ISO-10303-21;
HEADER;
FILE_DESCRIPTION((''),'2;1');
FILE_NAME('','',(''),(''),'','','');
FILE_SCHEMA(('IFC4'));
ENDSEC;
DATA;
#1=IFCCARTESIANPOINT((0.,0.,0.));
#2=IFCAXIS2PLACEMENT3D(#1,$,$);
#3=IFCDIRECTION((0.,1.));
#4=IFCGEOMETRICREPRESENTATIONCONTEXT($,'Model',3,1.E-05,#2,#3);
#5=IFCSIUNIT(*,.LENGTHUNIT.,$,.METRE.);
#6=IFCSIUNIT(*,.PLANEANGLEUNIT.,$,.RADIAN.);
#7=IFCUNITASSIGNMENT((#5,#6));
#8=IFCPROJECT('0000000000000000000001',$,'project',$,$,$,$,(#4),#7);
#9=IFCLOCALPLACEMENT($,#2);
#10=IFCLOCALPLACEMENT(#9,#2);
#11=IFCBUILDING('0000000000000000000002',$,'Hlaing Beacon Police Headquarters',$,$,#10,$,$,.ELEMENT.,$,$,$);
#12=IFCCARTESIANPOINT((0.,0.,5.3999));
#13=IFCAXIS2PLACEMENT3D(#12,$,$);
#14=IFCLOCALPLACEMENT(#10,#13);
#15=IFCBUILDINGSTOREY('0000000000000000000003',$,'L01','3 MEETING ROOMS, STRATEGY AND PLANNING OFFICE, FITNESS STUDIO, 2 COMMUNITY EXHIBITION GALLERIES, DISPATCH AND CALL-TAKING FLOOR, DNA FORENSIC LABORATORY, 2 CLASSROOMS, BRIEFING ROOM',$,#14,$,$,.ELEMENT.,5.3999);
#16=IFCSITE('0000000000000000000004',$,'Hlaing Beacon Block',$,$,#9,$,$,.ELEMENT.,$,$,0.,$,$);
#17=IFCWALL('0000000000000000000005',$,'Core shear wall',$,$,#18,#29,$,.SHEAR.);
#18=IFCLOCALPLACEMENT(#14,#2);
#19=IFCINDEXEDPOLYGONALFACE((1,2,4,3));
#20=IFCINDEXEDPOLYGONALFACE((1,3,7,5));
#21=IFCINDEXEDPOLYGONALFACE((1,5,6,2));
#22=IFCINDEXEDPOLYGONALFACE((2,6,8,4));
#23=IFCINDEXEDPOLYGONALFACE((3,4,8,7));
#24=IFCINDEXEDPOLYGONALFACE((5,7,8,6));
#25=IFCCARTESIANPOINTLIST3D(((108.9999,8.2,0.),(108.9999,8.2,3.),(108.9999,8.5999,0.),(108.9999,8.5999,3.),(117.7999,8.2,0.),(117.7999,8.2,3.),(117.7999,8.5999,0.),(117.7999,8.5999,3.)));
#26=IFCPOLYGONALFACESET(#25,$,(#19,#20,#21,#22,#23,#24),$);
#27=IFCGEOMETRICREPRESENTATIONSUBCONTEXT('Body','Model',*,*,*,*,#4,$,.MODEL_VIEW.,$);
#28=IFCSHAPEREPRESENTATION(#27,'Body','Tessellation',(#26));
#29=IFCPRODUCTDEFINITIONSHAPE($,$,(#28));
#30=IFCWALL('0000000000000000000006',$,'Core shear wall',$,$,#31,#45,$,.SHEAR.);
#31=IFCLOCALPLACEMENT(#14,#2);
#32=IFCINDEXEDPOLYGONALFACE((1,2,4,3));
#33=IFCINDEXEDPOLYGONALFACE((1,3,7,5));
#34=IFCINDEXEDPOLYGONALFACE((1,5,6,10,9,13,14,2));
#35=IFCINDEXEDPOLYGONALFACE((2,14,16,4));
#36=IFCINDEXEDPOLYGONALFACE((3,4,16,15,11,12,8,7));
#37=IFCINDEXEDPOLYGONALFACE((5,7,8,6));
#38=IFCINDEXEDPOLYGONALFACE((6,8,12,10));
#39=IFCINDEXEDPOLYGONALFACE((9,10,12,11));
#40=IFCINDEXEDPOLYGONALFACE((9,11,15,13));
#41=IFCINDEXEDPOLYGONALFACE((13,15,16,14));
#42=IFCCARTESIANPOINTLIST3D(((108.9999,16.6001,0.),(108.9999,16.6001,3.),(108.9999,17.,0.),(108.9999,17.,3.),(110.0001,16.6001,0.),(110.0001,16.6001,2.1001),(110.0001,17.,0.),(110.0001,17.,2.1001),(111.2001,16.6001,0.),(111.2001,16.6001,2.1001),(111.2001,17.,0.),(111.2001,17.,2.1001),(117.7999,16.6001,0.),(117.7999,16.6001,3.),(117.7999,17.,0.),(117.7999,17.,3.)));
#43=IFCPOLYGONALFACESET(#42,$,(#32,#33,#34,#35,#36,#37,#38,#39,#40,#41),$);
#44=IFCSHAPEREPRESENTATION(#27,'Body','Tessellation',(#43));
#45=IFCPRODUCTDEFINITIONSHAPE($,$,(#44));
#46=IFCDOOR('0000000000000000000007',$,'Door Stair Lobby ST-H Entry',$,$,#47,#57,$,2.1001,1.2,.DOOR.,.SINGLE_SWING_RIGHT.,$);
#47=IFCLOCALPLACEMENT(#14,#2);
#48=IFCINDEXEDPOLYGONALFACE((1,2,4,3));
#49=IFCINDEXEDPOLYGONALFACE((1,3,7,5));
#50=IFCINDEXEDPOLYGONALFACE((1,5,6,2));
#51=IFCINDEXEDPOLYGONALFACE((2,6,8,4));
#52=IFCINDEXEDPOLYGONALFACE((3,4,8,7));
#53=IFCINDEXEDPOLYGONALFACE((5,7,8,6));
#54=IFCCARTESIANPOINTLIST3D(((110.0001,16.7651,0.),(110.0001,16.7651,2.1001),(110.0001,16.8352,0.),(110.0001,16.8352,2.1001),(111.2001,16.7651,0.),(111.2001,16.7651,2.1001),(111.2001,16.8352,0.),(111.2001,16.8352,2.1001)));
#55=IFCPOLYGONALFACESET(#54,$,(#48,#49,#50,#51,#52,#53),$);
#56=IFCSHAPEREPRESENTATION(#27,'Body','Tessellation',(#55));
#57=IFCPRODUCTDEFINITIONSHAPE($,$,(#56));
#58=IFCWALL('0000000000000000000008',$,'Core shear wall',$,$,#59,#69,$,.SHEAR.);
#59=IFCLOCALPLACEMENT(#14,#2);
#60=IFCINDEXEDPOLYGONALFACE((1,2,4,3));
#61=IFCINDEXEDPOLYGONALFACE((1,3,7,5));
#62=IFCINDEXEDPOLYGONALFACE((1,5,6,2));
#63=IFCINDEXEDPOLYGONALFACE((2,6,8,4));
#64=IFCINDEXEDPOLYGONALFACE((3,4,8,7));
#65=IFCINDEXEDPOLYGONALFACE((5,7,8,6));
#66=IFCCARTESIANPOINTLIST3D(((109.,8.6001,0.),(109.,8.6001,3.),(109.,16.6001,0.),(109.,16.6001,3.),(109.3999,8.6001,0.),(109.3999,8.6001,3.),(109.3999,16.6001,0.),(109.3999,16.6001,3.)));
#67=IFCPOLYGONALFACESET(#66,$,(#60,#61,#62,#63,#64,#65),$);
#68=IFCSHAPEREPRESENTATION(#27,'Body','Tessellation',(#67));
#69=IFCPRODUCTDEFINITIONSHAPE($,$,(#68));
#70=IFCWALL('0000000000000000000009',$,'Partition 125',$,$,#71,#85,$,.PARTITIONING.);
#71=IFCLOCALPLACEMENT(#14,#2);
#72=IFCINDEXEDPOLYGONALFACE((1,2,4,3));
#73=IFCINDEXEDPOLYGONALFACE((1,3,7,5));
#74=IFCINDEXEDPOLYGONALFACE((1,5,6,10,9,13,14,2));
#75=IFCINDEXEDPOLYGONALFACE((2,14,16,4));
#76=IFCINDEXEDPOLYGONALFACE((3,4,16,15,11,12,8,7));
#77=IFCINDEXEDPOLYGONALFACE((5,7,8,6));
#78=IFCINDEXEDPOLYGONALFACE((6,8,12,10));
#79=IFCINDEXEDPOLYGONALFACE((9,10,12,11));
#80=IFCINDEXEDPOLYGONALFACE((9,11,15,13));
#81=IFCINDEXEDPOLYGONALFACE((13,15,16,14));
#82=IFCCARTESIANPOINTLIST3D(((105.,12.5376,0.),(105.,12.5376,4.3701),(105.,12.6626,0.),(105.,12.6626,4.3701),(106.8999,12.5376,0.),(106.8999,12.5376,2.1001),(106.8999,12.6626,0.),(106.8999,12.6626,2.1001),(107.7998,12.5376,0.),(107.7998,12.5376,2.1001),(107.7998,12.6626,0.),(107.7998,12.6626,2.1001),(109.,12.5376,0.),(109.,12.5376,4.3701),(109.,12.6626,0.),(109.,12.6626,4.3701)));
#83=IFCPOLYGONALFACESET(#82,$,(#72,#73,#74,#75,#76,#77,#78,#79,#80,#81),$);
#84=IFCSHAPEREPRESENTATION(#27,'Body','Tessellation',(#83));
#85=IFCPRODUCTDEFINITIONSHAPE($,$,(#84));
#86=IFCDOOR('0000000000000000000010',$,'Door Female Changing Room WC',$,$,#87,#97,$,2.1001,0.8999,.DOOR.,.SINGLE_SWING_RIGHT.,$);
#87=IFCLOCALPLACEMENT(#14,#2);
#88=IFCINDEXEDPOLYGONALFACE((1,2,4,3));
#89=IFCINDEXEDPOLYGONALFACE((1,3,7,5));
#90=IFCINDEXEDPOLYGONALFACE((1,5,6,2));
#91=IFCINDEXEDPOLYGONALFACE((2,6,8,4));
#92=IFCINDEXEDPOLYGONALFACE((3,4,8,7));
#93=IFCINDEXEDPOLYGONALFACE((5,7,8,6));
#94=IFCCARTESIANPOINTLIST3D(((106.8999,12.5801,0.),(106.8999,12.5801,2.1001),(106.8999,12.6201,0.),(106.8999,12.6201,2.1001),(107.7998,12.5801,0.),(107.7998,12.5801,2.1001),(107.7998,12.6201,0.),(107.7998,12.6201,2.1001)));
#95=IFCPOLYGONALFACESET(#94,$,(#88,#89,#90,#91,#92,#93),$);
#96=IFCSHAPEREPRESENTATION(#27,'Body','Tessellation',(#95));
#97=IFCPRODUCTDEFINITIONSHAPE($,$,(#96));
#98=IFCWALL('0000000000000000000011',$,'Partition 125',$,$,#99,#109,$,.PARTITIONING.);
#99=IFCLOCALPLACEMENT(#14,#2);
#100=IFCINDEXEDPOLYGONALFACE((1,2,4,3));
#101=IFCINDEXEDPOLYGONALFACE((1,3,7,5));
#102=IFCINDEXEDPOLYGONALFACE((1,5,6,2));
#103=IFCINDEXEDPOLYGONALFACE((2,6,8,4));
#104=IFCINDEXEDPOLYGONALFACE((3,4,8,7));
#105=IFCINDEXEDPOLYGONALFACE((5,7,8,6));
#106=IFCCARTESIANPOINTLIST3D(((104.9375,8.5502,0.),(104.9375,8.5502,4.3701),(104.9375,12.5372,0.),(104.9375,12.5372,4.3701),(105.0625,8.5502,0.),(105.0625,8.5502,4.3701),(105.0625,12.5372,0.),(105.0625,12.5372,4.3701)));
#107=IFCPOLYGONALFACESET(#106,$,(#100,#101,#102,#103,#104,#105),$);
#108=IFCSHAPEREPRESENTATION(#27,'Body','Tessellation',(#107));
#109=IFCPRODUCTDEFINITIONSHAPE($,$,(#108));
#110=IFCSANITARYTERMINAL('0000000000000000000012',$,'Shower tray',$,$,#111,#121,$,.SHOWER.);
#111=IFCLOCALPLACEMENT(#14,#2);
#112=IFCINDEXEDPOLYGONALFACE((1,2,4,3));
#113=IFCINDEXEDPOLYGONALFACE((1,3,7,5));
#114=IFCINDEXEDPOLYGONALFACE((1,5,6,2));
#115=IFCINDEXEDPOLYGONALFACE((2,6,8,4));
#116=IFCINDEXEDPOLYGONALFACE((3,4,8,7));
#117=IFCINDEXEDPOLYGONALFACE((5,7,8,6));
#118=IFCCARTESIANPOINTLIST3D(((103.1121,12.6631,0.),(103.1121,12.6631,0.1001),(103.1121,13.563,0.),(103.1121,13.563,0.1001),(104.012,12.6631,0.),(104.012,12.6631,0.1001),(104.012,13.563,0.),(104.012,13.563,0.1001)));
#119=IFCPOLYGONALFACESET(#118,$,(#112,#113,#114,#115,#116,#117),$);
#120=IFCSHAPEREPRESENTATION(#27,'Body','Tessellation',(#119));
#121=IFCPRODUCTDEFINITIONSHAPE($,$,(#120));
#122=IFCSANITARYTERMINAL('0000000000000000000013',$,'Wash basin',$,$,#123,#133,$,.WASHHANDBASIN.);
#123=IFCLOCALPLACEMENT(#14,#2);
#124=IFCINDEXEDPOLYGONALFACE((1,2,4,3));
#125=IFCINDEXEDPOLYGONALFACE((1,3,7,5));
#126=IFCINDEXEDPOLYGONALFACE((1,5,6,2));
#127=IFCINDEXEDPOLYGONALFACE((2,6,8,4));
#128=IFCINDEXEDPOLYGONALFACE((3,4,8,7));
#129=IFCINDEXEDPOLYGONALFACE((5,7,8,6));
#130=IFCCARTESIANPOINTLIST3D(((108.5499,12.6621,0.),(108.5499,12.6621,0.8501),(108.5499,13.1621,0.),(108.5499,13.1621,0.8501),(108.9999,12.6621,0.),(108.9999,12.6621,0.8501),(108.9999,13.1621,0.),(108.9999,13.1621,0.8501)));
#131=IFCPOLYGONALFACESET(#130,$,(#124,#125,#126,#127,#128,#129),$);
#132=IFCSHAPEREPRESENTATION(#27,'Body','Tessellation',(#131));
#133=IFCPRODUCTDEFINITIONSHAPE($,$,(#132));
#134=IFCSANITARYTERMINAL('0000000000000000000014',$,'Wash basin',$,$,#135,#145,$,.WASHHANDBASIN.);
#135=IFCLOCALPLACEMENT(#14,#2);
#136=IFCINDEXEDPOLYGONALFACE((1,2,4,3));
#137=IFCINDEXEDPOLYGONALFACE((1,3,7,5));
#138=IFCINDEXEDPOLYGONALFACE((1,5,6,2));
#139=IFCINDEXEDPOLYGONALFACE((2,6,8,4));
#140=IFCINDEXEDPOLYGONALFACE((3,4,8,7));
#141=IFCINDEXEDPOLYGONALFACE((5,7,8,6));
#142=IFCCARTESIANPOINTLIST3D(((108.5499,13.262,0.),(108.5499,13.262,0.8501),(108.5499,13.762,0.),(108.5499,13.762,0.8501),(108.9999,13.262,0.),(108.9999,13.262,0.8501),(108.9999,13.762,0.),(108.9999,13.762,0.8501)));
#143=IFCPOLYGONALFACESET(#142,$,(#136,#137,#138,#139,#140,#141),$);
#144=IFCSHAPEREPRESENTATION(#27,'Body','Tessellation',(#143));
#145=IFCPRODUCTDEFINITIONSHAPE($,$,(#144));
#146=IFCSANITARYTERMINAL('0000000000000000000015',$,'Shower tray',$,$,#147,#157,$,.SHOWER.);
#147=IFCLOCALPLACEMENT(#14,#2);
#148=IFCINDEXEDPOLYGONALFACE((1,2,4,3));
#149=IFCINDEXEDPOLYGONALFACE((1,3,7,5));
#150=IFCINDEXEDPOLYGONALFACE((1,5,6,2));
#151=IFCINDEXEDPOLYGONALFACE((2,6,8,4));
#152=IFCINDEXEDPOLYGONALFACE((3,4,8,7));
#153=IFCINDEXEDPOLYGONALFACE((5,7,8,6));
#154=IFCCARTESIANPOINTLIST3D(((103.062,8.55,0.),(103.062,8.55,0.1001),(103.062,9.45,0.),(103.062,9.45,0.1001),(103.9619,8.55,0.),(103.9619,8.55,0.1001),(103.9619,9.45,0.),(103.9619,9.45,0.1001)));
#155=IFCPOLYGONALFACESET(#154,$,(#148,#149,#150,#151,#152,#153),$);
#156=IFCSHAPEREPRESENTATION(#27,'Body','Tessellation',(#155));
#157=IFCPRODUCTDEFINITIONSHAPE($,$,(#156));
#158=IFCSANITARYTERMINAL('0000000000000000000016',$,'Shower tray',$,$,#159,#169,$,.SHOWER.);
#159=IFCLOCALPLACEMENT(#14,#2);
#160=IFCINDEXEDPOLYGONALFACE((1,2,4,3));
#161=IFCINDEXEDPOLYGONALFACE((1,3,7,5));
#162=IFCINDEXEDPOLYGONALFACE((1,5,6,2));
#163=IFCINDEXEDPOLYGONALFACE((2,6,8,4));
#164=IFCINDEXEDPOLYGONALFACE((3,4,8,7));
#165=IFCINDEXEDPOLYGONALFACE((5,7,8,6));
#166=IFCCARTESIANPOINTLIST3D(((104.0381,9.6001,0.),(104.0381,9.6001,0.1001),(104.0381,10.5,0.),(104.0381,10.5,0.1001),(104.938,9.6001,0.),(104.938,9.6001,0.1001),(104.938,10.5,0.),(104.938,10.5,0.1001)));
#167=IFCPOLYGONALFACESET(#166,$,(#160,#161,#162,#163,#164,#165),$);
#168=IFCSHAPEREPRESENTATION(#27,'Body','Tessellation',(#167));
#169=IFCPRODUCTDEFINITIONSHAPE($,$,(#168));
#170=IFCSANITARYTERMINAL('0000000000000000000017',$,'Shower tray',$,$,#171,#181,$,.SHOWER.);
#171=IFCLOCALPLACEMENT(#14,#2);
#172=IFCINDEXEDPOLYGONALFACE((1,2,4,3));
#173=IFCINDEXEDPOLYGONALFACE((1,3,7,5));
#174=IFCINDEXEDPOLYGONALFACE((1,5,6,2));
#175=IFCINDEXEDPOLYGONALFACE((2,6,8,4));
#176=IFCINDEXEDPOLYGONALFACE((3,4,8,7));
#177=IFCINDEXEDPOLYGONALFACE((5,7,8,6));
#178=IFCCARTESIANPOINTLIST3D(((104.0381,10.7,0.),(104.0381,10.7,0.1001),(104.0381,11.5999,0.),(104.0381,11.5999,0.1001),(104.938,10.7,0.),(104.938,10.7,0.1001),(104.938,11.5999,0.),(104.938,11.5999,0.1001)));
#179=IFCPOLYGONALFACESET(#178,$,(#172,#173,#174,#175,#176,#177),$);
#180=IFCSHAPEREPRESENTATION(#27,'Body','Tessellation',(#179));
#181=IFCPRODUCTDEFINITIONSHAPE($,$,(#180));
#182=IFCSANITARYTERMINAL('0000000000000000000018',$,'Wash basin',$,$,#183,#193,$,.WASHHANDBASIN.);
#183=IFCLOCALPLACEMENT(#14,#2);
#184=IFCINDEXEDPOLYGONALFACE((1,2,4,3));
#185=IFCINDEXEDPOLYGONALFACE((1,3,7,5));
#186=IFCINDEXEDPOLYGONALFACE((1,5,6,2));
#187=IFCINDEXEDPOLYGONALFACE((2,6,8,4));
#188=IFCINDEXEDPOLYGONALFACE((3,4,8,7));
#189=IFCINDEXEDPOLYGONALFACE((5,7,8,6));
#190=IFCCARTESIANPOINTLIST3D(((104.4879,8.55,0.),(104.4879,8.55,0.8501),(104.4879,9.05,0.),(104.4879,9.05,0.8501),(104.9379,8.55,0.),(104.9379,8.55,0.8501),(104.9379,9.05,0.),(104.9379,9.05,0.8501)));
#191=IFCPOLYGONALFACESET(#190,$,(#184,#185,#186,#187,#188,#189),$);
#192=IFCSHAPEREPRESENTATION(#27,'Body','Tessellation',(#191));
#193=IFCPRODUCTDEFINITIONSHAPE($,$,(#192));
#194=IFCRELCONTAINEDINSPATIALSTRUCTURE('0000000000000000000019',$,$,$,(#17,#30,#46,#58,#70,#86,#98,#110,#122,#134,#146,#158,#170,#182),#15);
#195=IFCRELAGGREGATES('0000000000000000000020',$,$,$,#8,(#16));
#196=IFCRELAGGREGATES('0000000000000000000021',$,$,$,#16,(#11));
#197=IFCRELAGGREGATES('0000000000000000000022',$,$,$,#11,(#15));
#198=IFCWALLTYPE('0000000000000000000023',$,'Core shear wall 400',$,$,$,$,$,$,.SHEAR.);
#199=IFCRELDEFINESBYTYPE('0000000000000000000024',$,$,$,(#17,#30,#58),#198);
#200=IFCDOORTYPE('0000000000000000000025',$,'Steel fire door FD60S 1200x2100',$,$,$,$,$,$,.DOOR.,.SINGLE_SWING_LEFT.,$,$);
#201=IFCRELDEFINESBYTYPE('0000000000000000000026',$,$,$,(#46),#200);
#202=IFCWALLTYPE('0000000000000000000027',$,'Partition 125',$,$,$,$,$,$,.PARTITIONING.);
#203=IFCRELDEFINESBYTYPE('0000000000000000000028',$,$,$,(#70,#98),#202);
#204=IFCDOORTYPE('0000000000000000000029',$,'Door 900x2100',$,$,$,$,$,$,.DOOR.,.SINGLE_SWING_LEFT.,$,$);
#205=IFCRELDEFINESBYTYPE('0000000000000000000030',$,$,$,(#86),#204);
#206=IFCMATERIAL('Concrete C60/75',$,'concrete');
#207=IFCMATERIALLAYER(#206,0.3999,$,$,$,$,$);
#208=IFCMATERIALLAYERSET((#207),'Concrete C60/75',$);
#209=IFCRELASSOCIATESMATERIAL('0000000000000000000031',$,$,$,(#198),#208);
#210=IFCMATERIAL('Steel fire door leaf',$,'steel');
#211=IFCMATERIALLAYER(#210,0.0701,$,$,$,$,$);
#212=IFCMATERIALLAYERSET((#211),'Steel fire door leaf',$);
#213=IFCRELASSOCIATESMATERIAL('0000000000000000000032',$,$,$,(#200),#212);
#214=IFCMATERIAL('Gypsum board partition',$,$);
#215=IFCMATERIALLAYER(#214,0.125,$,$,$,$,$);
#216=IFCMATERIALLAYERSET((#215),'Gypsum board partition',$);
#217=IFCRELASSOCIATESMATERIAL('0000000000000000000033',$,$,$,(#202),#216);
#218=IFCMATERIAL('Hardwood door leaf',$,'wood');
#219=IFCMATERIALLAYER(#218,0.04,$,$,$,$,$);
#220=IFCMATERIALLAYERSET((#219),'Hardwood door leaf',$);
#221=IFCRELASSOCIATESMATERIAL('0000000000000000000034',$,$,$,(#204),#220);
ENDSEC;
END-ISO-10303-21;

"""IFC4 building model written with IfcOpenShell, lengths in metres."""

from ifc_helpers import new_model, si_unit, direction, frame, frame_2d, origin, origin_2d, place, context, subcontext, project, spatial, rectangle, extrude, material, layer, layer_set, type_object, element, fill, save


model = new_model("IFC4")

# Units and contexts
model_context = context("Model", 3, precision=1e-05, world=origin(), true_north=direction((0.0, 1.0)))
body_context = subcontext(model_context, "Body", "Model", "MODEL_VIEW")
ifc_project = project(units=[si_unit("LENGTHUNIT", "METRE"), si_unit("PLANEANGLEUNIT", "RADIAN")], contexts=[model_context])

# Site, building, storey
site_placement = place(None, origin())
site = spatial("IfcSite", under=ifc_project, at=site_placement, Name="Hlaing Beacon Block", CompositionType="ELEMENT", RefElevation=0.0)
building_placement = place(site_placement, origin())
building = spatial("IfcBuilding", under=site, at=building_placement, Name="Hlaing Beacon Police Headquarters", CompositionType="ELEMENT")
storey_placement = place(building_placement, frame((0.0, 0.0, 5.3999)))
storey = spatial("IfcBuildingStorey", under=building, at=storey_placement, Name="L01", Description="3 MEETING ROOMS, STRATEGY AND PLANNING OFFICE, FITNESS STUDIO, 2 COMMUNITY EXHIBITION GALLERIES, DISPATCH AND CALL-TAKING FLOOR, DNA FORENSIC LABORATORY, 2 CLASSROOMS, BRIEFING ROOM", CompositionType="ELEMENT", Elevation=5.3999)

# Wall
ifc_material_1 = material(Name="Concrete C60/75", Category="concrete")
ifc_layer_1 = layer(ifc_material_1, 0.3999)
ifc_layer_set_1 = layer_set([ifc_layer_1], Name="Concrete C60/75")
wall_type_1 = type_object("IfcWallType", Name="Core shear wall 400", PredefinedType="SHEAR", material=ifc_layer_set_1)
wall_1_placement = place(storey_placement, frame((109.0, 8.3999, 0.0), z_axis=(0.0, 0.0, 1.0), x_axis=(1.0, 0.0, 0.0)))
element("IfcWall", 1, at=wall_1_placement, inside=storey, type_object=wall_type_1, Name="Core shear wall", PredefinedType="SHEAR", context=body_context, shape_type="SweptSolid", body=[
    extrude(rectangle(XDim=8.8, YDim=0.3999, at=frame_2d((4.3999, 0.0))), origin(), (0.0, 0.0, 1.0), 3.0),
])

# Wall, opening, door
wall_2_placement = place(storey_placement, frame((109.0, 16.8, 0.0), z_axis=(0.0, 0.0, 1.0), x_axis=(1.0, 0.0, 0.0)))
wall_2 = element("IfcWall", 2, at=wall_2_placement, inside=storey, type_object=wall_type_1, Name="Core shear wall", PredefinedType="SHEAR", context=body_context, shape_type="SweptSolid", body=[
    extrude(rectangle(XDim=8.8, YDim=0.3999, at=frame_2d((4.3999, 0.0))), origin(), (0.0, 0.0, 1.0), 3.0),
])
opening_1_placement = place(wall_2_placement, frame((1.0, 0.0, 0.0)))
opening_1 = element("IfcOpeningElement", 3, at=opening_1_placement, cuts=wall_2, PredefinedType="OPENING", context=body_context, shape_type="SweptSolid", body=[
    extrude(rectangle(XDim=1.2, YDim=2.1001, at=frame_2d((0.6001, 1.05))), frame((0.0, 0.21, 0.0), z_axis=(0.0, -1.0, 0.0), x_axis=(1.0, 0.0, 0.0)), (0.0, 0.0, 1.0), 0.4199),
])
ifc_material_2 = material(Name="Steel fire door leaf", Category="steel")
ifc_layer_2 = layer(ifc_material_2, 0.0701)
ifc_layer_set_2 = layer_set([ifc_layer_2], Name="Steel fire door leaf")
door_type_1 = type_object("IfcDoorType", Name="Steel fire door FD60S 1200x2100", OperationType="SINGLE_SWING_LEFT", PredefinedType="DOOR", material=ifc_layer_set_2)
door_1_placement = place(opening_1_placement, frame((1.2, 0.0, 0.0), z_axis=(0.0, 0.0, 1.0), x_axis=(-1.0, 0.0, 0.0)))
door_1 = element("IfcDoor", 4, at=door_1_placement, inside=storey, type_object=door_type_1, Name="Door Stair Lobby ST-H Entry", OperationType="SINGLE_SWING_RIGHT", OverallHeight=2.1001, OverallWidth=1.2, PredefinedType="DOOR", context=body_context, shape_type="SweptSolid", body=[
    extrude(rectangle(XDim=1.2, YDim=2.1001, at=frame_2d((0.5999, 1.05))), frame((0.0, 0.0349, 0.0), z_axis=(0.0, -1.0, 0.0), x_axis=(1.0, 0.0, 0.0)), (0.0, 0.0, 1.0), 0.0701),
])
fill(opening_1, door_1)

# Wall
wall_3_placement = place(storey_placement, frame((109.2, 8.6001, 0.0), z_axis=(0.0, 0.0, 1.0), x_axis=(0.0, 1.0, 0.0)))
element("IfcWall", 5, at=wall_3_placement, inside=storey, type_object=wall_type_1, Name="Core shear wall", PredefinedType="SHEAR", context=body_context, shape_type="SweptSolid", body=[
    extrude(rectangle(XDim=8.0, YDim=0.3999, at=frame_2d((4.0, 0.0))), origin(), (0.0, 0.0, 1.0), 3.0),
])

# Wall, opening, door
ifc_material_3 = material(Name="Gypsum board partition")
ifc_layer_3 = layer(ifc_material_3, 0.125)
ifc_layer_set_3 = layer_set([ifc_layer_3], Name="Gypsum board partition")
wall_type_2 = type_object("IfcWallType", Name="Partition 125", PredefinedType="PARTITIONING", material=ifc_layer_set_3)
wall_4_placement = place(storey_placement, frame((105.0, 12.6001, 0.0), z_axis=(0.0, 0.0, 1.0), x_axis=(1.0, 0.0, 0.0)))
wall_4 = element("IfcWall", 6, at=wall_4_placement, inside=storey, type_object=wall_type_2, Name="Partition 125", PredefinedType="PARTITIONING", context=body_context, shape_type="SweptSolid", body=[
    extrude(rectangle(XDim=4.0, YDim=0.125, at=frame_2d((2.0, 0.0))), origin(), (0.0, 0.0, 1.0), 4.3701),
])
opening_2_placement = place(wall_4_placement, frame((1.8999, 0.0, 0.0)))
opening_2 = element("IfcOpeningElement", 7, at=opening_2_placement, cuts=wall_4, PredefinedType="OPENING", context=body_context, shape_type="SweptSolid", body=[
    extrude(rectangle(XDim=0.8999, YDim=2.1001, at=frame_2d((0.45, 1.05))), frame((0.0, 0.0725, 0.0), z_axis=(0.0, -1.0, 0.0), x_axis=(1.0, 0.0, 0.0)), (0.0, 0.0, 1.0), 0.145),
])
ifc_material_4 = material(Name="Hardwood door leaf", Category="wood")
ifc_layer_4 = layer(ifc_material_4, 0.04)
ifc_layer_set_4 = layer_set([ifc_layer_4], Name="Hardwood door leaf")
door_type_2 = type_object("IfcDoorType", Name="Door 900x2100", OperationType="SINGLE_SWING_LEFT", PredefinedType="DOOR", material=ifc_layer_set_4)
door_2_placement = place(opening_2_placement, frame((0.8999, 0.0, 0.0), z_axis=(0.0, 0.0, 1.0), x_axis=(-1.0, 0.0, 0.0)))
door_2 = element("IfcDoor", 8, at=door_2_placement, inside=storey, type_object=door_type_2, Name="Door Female Changing Room WC", OperationType="SINGLE_SWING_RIGHT", OverallHeight=2.1001, OverallWidth=0.8999, PredefinedType="DOOR", context=body_context, shape_type="SweptSolid", body=[
    extrude(rectangle(XDim=0.8999, YDim=2.1001, at=frame_2d((0.45, 1.05))), frame((0.0, 0.02, 0.0), z_axis=(0.0, -1.0, 0.0), x_axis=(1.0, 0.0, 0.0)), (0.0, 0.0, 1.0), 0.04),
])
fill(opening_2, door_2)

# Wall
wall_5_placement = place(storey_placement, frame((105.0, 8.55, 0.0), z_axis=(0.0, 0.0, 1.0), x_axis=(0.0, 1.0, 0.0)))
element("IfcWall", 9, at=wall_5_placement, inside=storey, type_object=wall_type_2, Name="Partition 125", PredefinedType="PARTITIONING", context=body_context, shape_type="SweptSolid", body=[
    extrude(rectangle(XDim=3.9871, YDim=0.125, at=frame_2d((1.9937, 0.0))), origin(), (0.0, 0.0, 1.0), 4.3701),
])

# Sanitary terminals
sanitary_terminal_1_placement = place(storey_placement, frame((103.562, 13.113, 0.0), z_axis=(0.0, 0.0, 1.0), x_axis=(1.0, 0.0, 0.0)))
element("IfcSanitaryTerminal", 10, at=sanitary_terminal_1_placement, inside=storey, Name="Shower tray", PredefinedType="SHOWER", context=body_context, shape_type="SweptSolid", body=[
    extrude(rectangle(XDim=0.8999, YDim=0.8999, at=origin_2d()), origin(), (0.0, 0.0, 1.0), 0.1001),
])
for number, where, z_axis, x_axis, name in (
    (11, (108.7749, 12.9121, 0.0), (0.0, 0.0, 1.0), (1.0, 0.0, 0.0), "Wash basin"),
    (12, (108.7749, 13.512, 0.0), (0.0, 0.0, 1.0), (1.0, 0.0, 0.0), "Wash basin"),
):
    element("IfcSanitaryTerminal", number, at=place(storey_placement, frame(where, z_axis=z_axis, x_axis=x_axis)), inside=storey, Name=name, PredefinedType="WASHHANDBASIN", context=body_context, shape_type="SweptSolid", body=[
        extrude(rectangle(XDim=0.45, YDim=0.5, at=origin_2d()), origin(), (0.0, 0.0, 1.0), 0.8501),
    ])
for number, where, z_axis, x_axis, name in (
    (13, (103.512, 9.0, 0.0), (0.0, 0.0, 1.0), (1.0, 0.0, 0.0), "Shower tray"),
    (14, (104.488, 10.05, 0.0), (0.0, 0.0, 1.0), (1.0, 0.0, 0.0), "Shower tray"),
    (15, (104.488, 11.1499, 0.0), (0.0, 0.0, 1.0), (1.0, 0.0, 0.0), "Shower tray"),
):
    element("IfcSanitaryTerminal", number, at=place(storey_placement, frame(where, z_axis=z_axis, x_axis=x_axis)), inside=storey, Name=name, PredefinedType="SHOWER", context=body_context, shape_type="SweptSolid", body=[
        extrude(rectangle(XDim=0.8999, YDim=0.8999, at=origin_2d()), origin(), (0.0, 0.0, 1.0), 0.1001),
    ])
sanitary_terminal_2_placement = place(storey_placement, frame((104.7129, 8.8, 0.0), z_axis=(0.0, 0.0, 1.0), x_axis=(1.0, 0.0, 0.0)))
element("IfcSanitaryTerminal", 16, at=sanitary_terminal_2_placement, inside=storey, Name="Wash basin", PredefinedType="WASHHANDBASIN", context=body_context, shape_type="SweptSolid", body=[
    extrude(rectangle(XDim=0.45, YDim=0.5, at=origin_2d()), origin(), (0.0, 0.0, 1.0), 0.8501),
])

save(model, "model.ifc")
